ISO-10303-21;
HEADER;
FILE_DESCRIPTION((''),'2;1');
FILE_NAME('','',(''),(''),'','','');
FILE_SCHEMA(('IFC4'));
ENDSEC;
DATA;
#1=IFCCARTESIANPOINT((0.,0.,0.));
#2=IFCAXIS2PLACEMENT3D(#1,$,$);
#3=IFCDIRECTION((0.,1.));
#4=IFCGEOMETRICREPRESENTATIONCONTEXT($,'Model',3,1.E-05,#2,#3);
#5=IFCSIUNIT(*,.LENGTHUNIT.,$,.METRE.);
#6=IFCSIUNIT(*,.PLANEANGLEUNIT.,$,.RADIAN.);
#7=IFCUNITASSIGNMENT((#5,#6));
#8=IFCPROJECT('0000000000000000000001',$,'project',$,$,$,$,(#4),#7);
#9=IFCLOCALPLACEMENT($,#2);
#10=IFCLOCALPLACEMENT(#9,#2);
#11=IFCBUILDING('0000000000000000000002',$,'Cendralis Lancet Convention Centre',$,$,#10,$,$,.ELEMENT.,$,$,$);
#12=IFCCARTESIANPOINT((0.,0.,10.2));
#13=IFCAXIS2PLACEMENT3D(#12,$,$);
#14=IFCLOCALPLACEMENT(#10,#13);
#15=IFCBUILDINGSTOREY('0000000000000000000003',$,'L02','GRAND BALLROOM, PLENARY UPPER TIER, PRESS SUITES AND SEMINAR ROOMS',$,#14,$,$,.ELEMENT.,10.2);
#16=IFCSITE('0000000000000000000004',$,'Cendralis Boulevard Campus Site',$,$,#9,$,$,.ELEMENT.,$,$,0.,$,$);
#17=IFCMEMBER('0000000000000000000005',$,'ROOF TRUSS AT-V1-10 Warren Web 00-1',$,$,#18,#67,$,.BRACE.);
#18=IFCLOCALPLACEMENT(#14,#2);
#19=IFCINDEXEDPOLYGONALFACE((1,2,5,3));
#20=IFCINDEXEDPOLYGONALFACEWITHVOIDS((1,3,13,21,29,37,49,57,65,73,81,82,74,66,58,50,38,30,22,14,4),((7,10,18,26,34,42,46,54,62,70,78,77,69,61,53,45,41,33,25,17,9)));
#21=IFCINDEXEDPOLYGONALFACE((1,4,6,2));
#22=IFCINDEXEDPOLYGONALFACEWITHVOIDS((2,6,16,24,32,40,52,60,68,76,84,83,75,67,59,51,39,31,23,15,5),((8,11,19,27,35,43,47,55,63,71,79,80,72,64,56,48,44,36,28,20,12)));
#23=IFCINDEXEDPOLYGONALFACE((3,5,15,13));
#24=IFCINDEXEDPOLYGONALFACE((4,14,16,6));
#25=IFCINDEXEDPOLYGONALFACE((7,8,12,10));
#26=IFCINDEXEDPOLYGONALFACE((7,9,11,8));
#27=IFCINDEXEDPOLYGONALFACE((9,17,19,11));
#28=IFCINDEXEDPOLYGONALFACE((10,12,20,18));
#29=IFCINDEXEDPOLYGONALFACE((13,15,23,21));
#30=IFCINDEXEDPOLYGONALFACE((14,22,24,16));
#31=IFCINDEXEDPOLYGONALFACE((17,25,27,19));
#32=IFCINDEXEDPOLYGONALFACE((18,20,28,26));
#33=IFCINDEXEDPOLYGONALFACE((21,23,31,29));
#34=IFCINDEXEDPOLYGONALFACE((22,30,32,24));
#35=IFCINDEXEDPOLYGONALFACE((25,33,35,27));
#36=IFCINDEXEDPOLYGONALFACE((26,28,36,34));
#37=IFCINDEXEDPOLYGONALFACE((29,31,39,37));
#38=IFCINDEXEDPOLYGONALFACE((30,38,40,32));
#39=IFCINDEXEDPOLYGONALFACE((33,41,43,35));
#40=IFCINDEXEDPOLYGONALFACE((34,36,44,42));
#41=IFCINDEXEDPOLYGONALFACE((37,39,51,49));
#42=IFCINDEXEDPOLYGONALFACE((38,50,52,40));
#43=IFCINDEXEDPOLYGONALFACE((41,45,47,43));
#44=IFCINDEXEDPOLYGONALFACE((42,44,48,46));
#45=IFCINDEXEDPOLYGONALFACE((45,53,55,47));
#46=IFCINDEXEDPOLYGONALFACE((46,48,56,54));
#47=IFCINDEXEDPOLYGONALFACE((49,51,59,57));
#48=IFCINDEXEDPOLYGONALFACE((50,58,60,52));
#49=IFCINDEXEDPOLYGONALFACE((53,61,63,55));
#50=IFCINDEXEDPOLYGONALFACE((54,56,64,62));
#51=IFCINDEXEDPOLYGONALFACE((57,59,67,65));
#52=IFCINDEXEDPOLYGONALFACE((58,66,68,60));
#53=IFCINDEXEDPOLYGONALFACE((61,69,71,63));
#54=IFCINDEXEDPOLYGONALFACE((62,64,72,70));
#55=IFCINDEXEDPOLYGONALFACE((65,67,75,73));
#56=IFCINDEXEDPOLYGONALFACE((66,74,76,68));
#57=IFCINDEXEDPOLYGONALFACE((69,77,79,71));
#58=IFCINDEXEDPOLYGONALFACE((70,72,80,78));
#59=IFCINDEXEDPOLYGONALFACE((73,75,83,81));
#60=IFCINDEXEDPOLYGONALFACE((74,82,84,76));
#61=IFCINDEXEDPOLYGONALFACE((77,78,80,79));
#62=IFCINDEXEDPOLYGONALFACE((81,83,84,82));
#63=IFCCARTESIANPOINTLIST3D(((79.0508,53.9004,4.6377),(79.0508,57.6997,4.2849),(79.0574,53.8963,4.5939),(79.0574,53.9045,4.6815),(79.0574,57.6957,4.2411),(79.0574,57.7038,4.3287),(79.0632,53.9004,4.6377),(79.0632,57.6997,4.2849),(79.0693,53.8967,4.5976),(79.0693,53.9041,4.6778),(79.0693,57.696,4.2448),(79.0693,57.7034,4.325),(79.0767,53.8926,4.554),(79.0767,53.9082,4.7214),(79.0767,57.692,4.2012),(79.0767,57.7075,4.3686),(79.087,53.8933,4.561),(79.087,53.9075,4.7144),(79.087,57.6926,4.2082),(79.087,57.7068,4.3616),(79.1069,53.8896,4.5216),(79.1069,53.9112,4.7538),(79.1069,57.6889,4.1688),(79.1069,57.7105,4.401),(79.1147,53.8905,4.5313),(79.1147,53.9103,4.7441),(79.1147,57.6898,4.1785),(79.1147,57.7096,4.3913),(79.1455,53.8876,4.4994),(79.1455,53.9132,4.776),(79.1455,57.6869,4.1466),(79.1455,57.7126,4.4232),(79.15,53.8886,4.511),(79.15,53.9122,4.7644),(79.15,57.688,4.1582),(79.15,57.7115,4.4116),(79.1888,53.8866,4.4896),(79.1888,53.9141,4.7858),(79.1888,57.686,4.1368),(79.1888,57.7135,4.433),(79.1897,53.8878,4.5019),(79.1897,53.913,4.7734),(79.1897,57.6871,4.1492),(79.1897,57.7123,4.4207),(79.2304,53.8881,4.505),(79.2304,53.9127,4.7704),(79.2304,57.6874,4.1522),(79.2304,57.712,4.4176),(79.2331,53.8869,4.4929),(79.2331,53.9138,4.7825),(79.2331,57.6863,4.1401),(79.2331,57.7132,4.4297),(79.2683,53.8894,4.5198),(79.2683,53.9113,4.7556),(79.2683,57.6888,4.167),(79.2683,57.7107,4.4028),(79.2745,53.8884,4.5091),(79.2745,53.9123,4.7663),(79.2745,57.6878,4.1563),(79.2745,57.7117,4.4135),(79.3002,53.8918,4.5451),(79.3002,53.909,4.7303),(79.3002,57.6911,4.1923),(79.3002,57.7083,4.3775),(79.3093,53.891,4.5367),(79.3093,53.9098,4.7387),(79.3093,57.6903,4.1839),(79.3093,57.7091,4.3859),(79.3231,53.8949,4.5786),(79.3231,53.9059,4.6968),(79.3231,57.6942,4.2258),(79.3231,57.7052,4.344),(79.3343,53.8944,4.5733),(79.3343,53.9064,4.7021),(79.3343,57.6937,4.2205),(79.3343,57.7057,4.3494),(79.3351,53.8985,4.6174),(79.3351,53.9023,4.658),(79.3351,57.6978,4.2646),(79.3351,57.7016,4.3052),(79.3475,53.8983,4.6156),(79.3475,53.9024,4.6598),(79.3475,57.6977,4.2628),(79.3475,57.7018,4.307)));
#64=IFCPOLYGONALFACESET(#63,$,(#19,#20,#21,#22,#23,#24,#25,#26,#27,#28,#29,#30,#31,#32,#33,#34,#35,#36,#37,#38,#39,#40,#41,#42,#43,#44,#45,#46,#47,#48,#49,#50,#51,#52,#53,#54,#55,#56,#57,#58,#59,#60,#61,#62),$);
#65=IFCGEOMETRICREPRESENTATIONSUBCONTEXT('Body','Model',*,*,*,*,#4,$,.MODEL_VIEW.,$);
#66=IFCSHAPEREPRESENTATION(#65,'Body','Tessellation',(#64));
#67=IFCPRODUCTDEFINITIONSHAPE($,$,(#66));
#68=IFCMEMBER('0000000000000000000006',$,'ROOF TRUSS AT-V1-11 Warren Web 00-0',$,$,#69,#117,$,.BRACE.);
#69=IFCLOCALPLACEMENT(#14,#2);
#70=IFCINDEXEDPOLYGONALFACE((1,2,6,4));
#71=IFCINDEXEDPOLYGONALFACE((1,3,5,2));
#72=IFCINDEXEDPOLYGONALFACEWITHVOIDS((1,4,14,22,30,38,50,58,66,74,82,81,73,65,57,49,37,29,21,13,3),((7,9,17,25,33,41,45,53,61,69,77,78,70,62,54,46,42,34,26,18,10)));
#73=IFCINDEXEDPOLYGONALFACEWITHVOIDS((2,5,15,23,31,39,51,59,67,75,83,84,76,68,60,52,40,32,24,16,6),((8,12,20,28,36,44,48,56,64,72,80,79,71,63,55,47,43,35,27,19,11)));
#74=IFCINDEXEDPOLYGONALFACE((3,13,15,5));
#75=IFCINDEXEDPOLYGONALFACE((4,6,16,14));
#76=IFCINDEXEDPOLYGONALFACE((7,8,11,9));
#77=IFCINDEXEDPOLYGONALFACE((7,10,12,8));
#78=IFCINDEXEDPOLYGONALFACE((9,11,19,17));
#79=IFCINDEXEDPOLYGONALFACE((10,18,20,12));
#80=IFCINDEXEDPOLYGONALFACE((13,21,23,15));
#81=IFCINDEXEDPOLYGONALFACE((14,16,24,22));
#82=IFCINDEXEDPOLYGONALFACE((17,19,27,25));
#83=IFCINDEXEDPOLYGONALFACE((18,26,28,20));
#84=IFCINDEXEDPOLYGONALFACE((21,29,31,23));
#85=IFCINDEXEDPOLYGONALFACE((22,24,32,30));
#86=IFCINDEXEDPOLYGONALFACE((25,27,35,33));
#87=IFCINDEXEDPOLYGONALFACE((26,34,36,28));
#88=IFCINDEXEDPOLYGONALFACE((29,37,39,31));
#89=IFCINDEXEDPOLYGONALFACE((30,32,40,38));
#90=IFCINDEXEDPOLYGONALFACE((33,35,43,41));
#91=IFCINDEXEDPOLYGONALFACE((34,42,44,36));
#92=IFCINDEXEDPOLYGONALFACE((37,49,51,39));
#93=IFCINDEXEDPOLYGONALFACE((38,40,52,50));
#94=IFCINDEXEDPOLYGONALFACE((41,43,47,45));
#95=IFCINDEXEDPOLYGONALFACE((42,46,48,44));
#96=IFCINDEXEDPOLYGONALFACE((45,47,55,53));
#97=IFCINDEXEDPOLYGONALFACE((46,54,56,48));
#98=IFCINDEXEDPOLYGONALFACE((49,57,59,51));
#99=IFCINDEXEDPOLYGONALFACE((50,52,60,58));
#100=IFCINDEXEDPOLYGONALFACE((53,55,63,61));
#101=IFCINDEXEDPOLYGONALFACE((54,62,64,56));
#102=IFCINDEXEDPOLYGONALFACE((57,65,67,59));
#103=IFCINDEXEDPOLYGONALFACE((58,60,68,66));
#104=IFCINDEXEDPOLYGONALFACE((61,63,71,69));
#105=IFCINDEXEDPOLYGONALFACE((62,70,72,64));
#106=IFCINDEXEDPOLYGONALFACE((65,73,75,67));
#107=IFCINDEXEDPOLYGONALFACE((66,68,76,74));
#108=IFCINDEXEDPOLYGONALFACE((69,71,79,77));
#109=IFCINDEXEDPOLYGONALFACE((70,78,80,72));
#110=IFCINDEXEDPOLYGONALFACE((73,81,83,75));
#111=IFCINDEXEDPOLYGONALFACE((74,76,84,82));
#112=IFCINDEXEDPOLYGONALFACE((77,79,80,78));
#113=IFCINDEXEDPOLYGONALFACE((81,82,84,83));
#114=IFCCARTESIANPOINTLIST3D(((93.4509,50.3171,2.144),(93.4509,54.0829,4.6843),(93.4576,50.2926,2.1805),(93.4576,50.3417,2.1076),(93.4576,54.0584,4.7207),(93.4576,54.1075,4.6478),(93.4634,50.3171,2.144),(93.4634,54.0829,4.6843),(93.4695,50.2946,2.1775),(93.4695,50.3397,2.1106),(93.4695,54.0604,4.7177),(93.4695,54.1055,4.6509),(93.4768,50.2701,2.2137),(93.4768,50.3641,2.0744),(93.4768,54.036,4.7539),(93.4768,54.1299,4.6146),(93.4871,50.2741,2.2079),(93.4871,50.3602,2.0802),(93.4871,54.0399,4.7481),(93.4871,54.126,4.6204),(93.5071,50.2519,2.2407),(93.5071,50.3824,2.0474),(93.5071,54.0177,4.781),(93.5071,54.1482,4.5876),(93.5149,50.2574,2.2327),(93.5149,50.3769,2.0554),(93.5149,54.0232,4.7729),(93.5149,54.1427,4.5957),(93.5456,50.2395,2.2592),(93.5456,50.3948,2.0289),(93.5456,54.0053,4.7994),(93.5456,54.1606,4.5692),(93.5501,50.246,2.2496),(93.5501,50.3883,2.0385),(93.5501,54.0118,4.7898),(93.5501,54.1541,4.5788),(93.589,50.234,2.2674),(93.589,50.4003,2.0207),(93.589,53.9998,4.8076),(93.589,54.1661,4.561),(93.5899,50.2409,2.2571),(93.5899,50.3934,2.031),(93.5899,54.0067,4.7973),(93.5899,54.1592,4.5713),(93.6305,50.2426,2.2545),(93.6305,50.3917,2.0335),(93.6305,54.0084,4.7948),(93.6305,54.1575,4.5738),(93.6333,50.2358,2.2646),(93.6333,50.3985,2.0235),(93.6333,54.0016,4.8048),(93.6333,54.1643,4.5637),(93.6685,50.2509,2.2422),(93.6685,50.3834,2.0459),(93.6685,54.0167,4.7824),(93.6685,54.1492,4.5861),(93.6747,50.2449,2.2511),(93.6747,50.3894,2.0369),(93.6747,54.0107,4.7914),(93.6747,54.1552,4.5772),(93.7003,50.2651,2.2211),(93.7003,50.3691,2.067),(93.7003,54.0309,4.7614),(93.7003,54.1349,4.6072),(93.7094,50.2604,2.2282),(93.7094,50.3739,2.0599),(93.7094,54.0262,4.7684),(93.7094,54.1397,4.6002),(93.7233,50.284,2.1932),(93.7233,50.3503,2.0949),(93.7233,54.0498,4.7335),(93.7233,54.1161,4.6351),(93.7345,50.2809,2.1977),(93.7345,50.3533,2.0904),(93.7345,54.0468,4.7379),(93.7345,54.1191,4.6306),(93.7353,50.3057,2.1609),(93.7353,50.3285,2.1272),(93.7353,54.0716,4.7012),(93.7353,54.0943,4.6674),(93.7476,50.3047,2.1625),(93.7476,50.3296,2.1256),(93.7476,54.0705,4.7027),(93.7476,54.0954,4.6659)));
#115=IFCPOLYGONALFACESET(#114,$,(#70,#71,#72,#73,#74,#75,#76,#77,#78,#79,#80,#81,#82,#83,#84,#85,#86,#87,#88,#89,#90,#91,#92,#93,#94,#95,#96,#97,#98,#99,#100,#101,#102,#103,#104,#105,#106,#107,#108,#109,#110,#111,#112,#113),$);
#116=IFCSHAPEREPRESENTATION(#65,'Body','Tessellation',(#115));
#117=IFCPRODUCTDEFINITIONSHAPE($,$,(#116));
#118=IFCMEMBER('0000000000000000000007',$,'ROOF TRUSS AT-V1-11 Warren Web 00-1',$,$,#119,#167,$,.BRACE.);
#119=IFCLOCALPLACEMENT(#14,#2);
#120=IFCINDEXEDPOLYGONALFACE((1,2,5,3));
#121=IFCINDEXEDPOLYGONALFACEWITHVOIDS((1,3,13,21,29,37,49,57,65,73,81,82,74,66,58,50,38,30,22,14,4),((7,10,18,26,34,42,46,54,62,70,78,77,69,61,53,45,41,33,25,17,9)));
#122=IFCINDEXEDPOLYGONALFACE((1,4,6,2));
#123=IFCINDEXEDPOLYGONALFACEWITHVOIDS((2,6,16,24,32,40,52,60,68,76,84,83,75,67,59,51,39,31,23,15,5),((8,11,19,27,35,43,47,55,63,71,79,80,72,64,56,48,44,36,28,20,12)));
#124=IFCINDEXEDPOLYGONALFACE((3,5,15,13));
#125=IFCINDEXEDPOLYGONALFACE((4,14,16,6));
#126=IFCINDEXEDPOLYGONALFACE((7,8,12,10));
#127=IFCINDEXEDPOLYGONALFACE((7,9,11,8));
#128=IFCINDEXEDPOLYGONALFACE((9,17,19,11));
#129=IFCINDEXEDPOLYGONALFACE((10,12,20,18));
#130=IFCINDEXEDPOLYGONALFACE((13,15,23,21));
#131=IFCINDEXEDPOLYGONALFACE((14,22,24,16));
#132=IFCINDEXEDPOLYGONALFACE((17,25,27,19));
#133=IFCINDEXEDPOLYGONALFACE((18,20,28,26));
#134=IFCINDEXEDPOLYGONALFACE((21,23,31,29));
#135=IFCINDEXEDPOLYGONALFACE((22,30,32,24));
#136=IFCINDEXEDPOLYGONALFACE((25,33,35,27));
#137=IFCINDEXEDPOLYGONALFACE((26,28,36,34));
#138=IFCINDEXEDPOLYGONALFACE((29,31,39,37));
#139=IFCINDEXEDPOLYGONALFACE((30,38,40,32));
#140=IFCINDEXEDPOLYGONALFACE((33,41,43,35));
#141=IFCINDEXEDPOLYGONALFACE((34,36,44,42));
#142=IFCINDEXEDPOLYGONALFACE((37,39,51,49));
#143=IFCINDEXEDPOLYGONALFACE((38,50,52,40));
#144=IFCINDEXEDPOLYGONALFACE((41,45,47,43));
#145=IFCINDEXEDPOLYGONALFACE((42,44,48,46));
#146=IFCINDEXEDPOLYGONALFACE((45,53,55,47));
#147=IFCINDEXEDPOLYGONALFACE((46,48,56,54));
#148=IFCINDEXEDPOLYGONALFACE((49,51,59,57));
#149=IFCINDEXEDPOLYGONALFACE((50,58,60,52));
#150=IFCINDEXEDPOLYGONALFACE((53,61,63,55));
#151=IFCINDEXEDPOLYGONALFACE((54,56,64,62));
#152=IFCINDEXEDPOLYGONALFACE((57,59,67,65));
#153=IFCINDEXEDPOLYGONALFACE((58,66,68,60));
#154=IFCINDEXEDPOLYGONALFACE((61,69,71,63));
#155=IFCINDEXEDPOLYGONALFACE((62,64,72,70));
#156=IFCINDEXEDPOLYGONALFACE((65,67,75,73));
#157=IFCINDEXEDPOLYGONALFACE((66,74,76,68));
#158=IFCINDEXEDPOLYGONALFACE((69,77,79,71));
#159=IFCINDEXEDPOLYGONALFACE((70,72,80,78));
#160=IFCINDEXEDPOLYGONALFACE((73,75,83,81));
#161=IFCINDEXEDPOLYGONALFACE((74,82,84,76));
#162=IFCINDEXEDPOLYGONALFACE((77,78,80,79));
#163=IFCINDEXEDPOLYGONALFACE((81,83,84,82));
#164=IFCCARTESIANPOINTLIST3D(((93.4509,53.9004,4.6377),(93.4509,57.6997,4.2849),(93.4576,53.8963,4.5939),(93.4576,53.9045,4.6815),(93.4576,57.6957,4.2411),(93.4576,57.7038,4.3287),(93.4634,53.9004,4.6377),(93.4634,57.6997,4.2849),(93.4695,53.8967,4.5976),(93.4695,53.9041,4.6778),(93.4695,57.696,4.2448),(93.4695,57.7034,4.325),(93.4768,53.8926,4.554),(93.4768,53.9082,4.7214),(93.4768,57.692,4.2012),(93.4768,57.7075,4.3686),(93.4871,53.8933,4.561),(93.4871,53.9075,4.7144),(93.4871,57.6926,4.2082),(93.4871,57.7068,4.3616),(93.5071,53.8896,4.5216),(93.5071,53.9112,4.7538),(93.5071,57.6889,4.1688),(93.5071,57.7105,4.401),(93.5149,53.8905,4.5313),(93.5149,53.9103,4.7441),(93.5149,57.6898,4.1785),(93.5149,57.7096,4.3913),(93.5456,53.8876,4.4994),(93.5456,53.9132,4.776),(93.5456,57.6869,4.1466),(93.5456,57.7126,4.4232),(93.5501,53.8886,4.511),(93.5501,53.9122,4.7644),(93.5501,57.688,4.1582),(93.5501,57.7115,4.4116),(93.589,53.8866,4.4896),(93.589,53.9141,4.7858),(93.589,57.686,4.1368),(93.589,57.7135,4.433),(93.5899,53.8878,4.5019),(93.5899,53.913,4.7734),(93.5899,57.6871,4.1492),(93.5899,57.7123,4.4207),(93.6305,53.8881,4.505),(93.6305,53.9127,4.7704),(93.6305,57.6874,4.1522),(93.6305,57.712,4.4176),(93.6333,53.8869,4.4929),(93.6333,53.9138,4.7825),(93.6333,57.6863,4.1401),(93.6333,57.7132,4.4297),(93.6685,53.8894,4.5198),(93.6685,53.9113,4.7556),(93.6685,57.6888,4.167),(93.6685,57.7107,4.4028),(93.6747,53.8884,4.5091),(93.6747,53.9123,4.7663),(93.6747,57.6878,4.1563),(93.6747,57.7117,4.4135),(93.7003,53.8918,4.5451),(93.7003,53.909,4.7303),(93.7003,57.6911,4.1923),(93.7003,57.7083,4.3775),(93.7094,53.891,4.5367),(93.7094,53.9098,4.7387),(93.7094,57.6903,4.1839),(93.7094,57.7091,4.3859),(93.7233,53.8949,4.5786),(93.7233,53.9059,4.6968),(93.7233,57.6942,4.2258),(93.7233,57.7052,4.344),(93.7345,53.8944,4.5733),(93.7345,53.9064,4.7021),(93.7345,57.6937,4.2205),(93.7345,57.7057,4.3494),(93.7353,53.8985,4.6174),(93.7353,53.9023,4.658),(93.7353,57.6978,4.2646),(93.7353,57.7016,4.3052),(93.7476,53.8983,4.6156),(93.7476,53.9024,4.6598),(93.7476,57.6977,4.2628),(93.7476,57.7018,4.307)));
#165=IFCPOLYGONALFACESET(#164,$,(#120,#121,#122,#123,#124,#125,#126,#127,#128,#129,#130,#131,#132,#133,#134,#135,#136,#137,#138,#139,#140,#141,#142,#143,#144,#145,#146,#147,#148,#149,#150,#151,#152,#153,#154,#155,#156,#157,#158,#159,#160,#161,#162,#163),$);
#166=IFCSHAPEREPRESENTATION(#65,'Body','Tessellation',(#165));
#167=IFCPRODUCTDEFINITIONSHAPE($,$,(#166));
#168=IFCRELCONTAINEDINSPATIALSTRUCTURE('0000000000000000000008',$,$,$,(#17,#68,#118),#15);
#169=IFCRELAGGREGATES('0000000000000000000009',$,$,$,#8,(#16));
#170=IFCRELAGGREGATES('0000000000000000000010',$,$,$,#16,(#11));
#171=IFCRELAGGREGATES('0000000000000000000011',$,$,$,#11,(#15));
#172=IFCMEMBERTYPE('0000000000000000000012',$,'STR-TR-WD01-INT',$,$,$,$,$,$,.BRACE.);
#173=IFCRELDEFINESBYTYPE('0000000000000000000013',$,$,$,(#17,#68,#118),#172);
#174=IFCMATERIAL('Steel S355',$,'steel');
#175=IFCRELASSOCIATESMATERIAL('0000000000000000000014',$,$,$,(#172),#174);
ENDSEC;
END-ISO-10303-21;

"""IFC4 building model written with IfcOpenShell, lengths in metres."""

from ifc_helpers import new_model, si_unit, direction, frame, origin, origin_2d, place, context, subcontext, project, spatial, hollow_circle, extrude, material, material_profile, profile_set, type_object, element, save


model = new_model("IFC4")

# Units and contexts
model_context = context("Model", 3, precision=1e-05, world=origin(), true_north=direction((0.0, 1.0)))
body_context = subcontext(model_context, "Body", "Model", "MODEL_VIEW")
ifc_project = project(units=[si_unit("LENGTHUNIT", "METRE"), si_unit("PLANEANGLEUNIT", "RADIAN")], contexts=[model_context])

# Site, building, storey
site_placement = place(None, origin())
site = spatial("IfcSite", under=ifc_project, at=site_placement, Name="Cendralis Boulevard Campus Site", CompositionType="ELEMENT", RefElevation=0.0)
building_placement = place(site_placement, origin())
building = spatial("IfcBuilding", under=site, at=building_placement, Name="Cendralis Lancet Convention Centre", CompositionType="ELEMENT")
storey_placement = place(building_placement, frame((0.0, 0.0, 10.2)))
storey = spatial("IfcBuildingStorey", under=building, at=storey_placement, Name="L02", Description="GRAND BALLROOM, PLENARY UPPER TIER, PRESS SUITES AND SEMINAR ROOMS", CompositionType="ELEMENT", Elevation=10.2)

# Shared definitions
ifc_material_1 = material(Name="Steel S355", Category="steel")

# Members
ifc_material_profile_1 = material_profile(ifc_material_1, hollow_circle(Radius=0.1492, WallThickness=0.0125, at=origin_2d()), Name="CHS 298.5x12.5")
ifc_profile_set_1 = profile_set([ifc_material_profile_1], Name="Steel S355")
member_type_1 = type_object("IfcMemberType", Name="STR-TR-WD01-INT", PredefinedType="BRACE", material=ifc_profile_set_1)
member_1_placement = place(storey_placement, frame((79.2, 53.9004, 4.6377), z_axis=(0.0, 0.995717, -0.092457), x_axis=(-1.0, 0.0, 0.0)))
element("IfcMember", 1, at=member_1_placement, inside=storey, type_object=member_type_1, Name="ROOF TRUSS AT-V1-10 Warren Web 00-1", PredefinedType="BRACE", context=body_context, shape_type="SweptSolid", body=[
    extrude(hollow_circle(Radius=0.1492, WallThickness=0.0125, at=origin_2d()), origin(), (0.0, 0.0, 1.0), 3.8157),
])
member_2_placement = place(storey_placement, frame((93.6001, 50.3171, 2.144), z_axis=(0.0, 0.82902, 0.559219), x_axis=(-1.0, 0.0, 0.0)))
element("IfcMember", 2, at=member_2_placement, inside=storey, type_object=member_type_1, Name="ROOF TRUSS AT-V1-11 Warren Web 00-0", PredefinedType="BRACE", context=body_context, shape_type="SweptSolid", body=[
    extrude(hollow_circle(Radius=0.1492, WallThickness=0.0125, at=origin_2d()), origin(), (0.0, 0.0, 1.0), 4.5425),
])
member_3_placement = place(storey_placement, frame((93.6001, 53.9004, 4.6377), z_axis=(0.0, 0.995717, -0.092457), x_axis=(-1.0, 0.0, 0.0)))
element("IfcMember", 3, at=member_3_placement, inside=storey, type_object=member_type_1, Name="ROOF TRUSS AT-V1-11 Warren Web 00-1", PredefinedType="BRACE", context=body_context, shape_type="SweptSolid", body=[
    extrude(hollow_circle(Radius=0.1492, WallThickness=0.0125, at=origin_2d()), origin(), (0.0, 0.0, 1.0), 3.8157),
])

save(model, "model.ifc")
